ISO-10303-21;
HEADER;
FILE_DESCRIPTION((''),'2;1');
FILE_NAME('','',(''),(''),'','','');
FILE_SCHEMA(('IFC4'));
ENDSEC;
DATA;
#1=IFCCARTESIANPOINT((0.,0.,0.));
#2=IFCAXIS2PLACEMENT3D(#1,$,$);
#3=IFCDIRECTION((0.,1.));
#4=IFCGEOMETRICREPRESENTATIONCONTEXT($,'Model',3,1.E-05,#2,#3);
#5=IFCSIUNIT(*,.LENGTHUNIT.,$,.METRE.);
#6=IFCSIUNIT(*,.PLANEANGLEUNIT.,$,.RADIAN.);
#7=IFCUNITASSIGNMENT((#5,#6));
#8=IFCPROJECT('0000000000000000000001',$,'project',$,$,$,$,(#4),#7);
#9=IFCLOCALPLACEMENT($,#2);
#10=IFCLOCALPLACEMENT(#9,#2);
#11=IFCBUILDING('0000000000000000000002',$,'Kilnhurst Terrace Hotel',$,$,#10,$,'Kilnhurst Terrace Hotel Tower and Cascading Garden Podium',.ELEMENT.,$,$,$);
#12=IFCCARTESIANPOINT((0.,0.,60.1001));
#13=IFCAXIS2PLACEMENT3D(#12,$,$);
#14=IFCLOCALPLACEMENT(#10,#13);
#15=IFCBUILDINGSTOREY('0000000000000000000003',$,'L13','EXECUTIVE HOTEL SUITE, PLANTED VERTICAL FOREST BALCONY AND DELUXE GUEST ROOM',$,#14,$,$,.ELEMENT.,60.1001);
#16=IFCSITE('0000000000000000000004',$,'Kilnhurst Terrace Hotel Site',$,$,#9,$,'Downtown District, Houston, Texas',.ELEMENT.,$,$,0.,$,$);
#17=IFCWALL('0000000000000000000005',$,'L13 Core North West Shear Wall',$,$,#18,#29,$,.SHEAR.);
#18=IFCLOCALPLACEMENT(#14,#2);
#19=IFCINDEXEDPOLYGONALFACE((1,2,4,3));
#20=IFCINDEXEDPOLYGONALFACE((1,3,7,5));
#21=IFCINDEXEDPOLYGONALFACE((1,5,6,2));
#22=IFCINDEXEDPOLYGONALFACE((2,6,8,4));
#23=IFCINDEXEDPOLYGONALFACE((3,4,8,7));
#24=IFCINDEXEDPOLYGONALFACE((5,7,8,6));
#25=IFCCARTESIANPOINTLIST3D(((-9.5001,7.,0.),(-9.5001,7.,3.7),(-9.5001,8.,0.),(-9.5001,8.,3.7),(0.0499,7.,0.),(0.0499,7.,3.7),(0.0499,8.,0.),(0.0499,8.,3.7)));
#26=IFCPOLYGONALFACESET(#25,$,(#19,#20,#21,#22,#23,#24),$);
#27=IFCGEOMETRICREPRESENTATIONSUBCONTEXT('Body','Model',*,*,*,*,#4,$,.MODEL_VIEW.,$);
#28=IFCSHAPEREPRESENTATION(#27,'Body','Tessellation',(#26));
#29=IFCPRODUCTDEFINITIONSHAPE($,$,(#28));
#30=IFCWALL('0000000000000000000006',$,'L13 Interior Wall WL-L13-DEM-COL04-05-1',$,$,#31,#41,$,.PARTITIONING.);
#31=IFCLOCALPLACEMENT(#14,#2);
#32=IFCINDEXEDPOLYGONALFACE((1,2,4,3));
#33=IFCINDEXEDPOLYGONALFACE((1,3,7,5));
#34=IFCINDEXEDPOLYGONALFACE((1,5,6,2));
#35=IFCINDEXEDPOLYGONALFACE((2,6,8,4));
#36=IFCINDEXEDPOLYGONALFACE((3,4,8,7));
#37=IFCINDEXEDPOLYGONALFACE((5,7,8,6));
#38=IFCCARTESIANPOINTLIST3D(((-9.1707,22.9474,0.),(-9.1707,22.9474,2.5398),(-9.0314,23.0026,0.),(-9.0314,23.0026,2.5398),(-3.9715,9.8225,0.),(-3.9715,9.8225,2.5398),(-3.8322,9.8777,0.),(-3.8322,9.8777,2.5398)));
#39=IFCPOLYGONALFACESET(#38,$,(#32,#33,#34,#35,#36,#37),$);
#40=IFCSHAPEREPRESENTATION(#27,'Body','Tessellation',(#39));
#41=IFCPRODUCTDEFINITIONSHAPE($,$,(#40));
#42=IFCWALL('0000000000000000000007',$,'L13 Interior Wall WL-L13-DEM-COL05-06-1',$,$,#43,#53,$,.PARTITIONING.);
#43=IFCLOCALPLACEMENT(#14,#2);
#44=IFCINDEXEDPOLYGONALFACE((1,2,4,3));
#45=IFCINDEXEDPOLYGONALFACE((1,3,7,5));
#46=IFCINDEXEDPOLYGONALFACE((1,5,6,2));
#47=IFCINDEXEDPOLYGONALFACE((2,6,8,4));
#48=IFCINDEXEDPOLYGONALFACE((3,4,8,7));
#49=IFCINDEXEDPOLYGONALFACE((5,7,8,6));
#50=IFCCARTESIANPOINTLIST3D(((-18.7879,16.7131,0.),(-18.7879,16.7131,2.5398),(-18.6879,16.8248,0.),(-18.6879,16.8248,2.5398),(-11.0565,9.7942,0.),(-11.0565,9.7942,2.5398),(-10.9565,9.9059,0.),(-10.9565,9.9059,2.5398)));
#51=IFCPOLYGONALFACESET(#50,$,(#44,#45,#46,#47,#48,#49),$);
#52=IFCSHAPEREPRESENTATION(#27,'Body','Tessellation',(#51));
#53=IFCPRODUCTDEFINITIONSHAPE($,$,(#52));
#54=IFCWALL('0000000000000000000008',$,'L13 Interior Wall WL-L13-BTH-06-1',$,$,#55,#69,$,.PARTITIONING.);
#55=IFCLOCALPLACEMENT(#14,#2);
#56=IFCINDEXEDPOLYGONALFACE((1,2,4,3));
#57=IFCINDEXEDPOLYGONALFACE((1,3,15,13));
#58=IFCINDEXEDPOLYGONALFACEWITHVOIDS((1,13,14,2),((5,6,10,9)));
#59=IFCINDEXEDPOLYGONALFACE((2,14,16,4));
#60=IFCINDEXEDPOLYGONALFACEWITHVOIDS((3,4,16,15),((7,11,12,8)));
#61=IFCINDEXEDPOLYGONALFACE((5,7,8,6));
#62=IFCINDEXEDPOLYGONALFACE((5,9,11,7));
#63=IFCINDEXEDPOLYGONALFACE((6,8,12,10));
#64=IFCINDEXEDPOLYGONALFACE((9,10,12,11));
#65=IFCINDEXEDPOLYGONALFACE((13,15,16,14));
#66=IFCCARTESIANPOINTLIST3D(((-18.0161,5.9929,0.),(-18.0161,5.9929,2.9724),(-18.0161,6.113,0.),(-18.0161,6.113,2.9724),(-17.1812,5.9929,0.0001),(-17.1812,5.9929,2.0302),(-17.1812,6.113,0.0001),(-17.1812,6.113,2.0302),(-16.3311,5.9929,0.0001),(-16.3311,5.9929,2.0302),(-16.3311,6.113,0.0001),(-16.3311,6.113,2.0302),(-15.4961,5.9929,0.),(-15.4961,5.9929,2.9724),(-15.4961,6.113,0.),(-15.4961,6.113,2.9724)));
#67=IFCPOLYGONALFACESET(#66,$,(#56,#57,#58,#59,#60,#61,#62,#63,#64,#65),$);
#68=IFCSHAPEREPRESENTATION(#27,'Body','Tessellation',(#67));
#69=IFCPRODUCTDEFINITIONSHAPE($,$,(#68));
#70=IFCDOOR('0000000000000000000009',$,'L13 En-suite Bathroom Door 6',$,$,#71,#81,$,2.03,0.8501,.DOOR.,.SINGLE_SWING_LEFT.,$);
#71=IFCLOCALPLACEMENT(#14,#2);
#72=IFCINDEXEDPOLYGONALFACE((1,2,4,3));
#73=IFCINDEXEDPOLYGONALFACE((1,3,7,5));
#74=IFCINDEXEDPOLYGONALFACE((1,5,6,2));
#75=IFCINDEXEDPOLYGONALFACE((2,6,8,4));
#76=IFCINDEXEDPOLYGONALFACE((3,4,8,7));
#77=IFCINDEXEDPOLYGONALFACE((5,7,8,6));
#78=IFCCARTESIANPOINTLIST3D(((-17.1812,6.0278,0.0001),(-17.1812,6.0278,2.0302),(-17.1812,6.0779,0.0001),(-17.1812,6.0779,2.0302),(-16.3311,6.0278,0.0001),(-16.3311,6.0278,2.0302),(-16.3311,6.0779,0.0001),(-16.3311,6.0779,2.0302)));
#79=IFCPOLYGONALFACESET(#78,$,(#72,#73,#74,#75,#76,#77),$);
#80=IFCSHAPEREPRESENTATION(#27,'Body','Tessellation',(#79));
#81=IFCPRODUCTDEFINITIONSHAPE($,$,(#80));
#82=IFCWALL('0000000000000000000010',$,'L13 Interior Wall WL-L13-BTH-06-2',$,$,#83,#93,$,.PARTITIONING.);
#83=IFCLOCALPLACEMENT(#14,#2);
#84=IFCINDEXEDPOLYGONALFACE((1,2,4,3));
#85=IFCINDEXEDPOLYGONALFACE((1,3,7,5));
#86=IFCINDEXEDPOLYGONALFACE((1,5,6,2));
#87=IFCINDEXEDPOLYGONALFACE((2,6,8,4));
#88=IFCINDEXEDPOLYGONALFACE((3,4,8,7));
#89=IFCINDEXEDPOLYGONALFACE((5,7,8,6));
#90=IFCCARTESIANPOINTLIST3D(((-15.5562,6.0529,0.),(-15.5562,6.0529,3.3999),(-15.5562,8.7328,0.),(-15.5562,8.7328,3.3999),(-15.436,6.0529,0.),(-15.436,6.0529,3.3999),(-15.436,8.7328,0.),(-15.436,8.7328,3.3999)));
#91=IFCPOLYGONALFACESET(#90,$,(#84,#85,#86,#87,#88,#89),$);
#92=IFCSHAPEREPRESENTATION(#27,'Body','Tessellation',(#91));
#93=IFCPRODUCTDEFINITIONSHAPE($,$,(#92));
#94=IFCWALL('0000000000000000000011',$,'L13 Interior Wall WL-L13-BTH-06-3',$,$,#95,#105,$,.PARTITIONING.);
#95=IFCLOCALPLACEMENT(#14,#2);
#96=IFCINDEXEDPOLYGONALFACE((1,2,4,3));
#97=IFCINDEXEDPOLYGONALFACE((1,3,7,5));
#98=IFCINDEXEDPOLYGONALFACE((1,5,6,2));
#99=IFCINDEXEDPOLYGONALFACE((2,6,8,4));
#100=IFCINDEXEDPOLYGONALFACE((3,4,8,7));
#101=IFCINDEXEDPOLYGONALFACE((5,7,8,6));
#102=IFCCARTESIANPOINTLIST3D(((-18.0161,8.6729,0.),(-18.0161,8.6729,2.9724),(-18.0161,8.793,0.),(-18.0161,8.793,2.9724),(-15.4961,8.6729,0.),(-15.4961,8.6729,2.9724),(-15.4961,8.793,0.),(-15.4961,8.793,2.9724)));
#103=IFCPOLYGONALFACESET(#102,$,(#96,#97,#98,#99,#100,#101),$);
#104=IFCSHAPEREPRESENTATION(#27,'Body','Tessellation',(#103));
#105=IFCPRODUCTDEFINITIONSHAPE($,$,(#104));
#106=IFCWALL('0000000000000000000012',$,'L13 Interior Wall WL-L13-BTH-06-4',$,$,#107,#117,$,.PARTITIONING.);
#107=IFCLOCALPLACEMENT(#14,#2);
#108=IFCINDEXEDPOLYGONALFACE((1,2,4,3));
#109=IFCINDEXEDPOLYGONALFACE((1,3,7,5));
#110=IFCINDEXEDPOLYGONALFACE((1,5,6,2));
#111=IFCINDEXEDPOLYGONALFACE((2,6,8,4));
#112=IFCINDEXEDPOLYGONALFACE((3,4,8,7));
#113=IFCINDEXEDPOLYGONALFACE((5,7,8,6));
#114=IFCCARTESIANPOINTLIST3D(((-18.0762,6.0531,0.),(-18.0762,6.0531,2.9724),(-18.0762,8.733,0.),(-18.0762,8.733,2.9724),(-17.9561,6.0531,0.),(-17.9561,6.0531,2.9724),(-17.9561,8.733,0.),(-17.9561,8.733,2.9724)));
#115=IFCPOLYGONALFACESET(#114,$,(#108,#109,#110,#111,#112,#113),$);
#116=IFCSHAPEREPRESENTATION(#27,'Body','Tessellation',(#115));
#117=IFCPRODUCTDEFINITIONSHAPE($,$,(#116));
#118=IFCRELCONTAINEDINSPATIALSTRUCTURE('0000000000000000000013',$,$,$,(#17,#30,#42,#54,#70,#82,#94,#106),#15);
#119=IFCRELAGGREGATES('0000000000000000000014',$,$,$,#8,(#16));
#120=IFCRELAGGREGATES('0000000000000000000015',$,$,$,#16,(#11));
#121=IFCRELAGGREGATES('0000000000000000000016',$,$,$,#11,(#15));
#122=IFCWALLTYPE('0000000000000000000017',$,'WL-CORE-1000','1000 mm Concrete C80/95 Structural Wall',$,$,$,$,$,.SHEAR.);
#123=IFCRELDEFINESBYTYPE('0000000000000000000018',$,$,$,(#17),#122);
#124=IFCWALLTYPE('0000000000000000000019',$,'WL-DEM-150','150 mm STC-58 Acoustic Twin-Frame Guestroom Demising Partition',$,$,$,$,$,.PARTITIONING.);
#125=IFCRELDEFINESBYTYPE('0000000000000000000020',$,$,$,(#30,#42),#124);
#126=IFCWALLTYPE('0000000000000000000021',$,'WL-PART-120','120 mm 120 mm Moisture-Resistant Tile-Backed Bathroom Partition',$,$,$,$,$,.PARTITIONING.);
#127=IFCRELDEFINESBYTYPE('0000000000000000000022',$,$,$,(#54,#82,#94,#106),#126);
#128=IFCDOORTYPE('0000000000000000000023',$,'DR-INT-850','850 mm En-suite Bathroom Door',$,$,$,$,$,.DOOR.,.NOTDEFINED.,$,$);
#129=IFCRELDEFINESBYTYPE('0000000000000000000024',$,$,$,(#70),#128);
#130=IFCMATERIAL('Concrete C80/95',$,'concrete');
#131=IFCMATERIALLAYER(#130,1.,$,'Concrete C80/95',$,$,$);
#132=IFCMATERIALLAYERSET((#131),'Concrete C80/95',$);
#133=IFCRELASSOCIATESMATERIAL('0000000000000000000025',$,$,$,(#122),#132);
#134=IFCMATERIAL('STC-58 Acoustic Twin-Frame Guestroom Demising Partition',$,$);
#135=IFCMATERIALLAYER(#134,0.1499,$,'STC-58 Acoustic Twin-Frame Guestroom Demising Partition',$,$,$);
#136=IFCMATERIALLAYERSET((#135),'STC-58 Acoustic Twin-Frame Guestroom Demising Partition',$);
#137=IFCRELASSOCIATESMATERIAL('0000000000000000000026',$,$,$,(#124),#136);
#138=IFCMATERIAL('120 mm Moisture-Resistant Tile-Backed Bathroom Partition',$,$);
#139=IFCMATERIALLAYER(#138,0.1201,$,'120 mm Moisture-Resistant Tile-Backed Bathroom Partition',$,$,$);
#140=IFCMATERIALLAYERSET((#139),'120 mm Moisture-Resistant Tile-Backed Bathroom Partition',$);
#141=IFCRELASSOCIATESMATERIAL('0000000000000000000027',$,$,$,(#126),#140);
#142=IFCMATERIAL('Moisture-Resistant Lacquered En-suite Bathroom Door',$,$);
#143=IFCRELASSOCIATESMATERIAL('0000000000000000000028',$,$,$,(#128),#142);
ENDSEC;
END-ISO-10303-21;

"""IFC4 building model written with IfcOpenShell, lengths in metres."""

from ifc_helpers import new_model, si_unit, direction, frame, frame_2d, origin, place, context, subcontext, project, spatial, rectangle, extrude, material, layer, layer_set, type_object, element, fill, save


model = new_model("IFC4")

# Units and contexts
model_context = context("Model", 3, precision=1e-05, world=origin(), true_north=direction((0.0, 1.0)))
body_context = subcontext(model_context, "Body", "Model", "MODEL_VIEW")
ifc_project = project(units=[si_unit("LENGTHUNIT", "METRE"), si_unit("PLANEANGLEUNIT", "RADIAN")], contexts=[model_context])

# Site, building, storey
site_placement = place(None, origin())
site = spatial("IfcSite", under=ifc_project, at=site_placement, Name="Kilnhurst Terrace Hotel Site", LongName="Downtown District, Houston, Texas", CompositionType="ELEMENT", RefElevation=0.0)
building_placement = place(site_placement, origin())
building = spatial("IfcBuilding", under=site, at=building_placement, Name="Kilnhurst Terrace Hotel", LongName="Kilnhurst Terrace Hotel Tower and Cascading Garden Podium", CompositionType="ELEMENT")
storey_placement = place(building_placement, frame((0.0, 0.0, 60.1001)))
storey = spatial("IfcBuildingStorey", under=building, at=storey_placement, Name="L13", Description="EXECUTIVE HOTEL SUITE, PLANTED VERTICAL FOREST BALCONY AND DELUXE GUEST ROOM", CompositionType="ELEMENT", Elevation=60.1001)

# Walls
ifc_material_1 = material(Name="Concrete C80/95", Category="concrete")
ifc_layer_1 = layer(ifc_material_1, 1.0, Name="Concrete C80/95")
ifc_layer_set_1 = layer_set([ifc_layer_1], Name="Concrete C80/95")
wall_type_1 = type_object("IfcWallType", Name="WL-CORE-1000", Description="1000 mm Concrete C80/95 Structural Wall", PredefinedType="SHEAR", material=ifc_layer_set_1)
wall_1_placement = place(storey_placement, frame((-9.5, 7.5, 0.0), z_axis=(0.0, 0.0, 1.0), x_axis=(1.0, 0.0, 0.0)))
element("IfcWall", 1, at=wall_1_placement, inside=storey, type_object=wall_type_1, Name="L13 Core North West Shear Wall", PredefinedType="SHEAR", context=body_context, shape_type="SweptSolid", body=[
    extrude(rectangle(XDim=9.55, YDim=1.0, at=frame_2d((4.7749, 0.0))), origin(), (0.0, 0.0, 1.0), 3.7),
])
ifc_material_2 = material(Name="STC-58 Acoustic Twin-Frame Guestroom Demising Partition")
ifc_layer_2 = layer(ifc_material_2, 0.1499, Name="STC-58 Acoustic Twin-Frame Guestroom Demising Partition")
ifc_layer_set_2 = layer_set([ifc_layer_2], Name="STC-58 Acoustic Twin-Frame Guestroom Demising Partition")
wall_type_2 = type_object("IfcWallType", Name="WL-DEM-150", Description="150 mm STC-58 Acoustic Twin-Frame Guestroom Demising Partition", PredefinedType="PARTITIONING", material=ifc_layer_set_2)
wall_2_placement = place(storey_placement, frame((-3.9019, 9.8501, 0.0), z_axis=(0.0, 0.0, 1.0), x_axis=(-0.368288, 0.929712, 0.0)))
element("IfcWall", 2, at=wall_2_placement, inside=storey, type_object=wall_type_2, Name="L13 Interior Wall WL-L13-DEM-COL04-05-1", PredefinedType="PARTITIONING", context=body_context, shape_type="SweptSolid", body=[
    extrude(rectangle(XDim=14.1172, YDim=0.1499, at=frame_2d((7.0586, 0.0))), origin(), (0.0, 0.0, 1.0), 2.5398),
])
wall_3_placement = place(storey_placement, frame((-11.0066, 9.8501, 0.0), z_axis=(0.0, 0.0, 1.0), x_axis=(-0.745177, 0.666866, 0.0)))
element("IfcWall", 3, at=wall_3_placement, inside=storey, type_object=wall_type_2, Name="L13 Interior Wall WL-L13-DEM-COL05-06-1", PredefinedType="PARTITIONING", context=body_context, shape_type="SweptSolid", body=[
    extrude(rectangle(XDim=10.3752, YDim=0.1499, at=frame_2d((5.1875, 0.0))), origin(), (0.0, 0.0, 1.0), 2.5398),
])

# Wall, opening, door
ifc_material_3 = material(Name="120 mm Moisture-Resistant Tile-Backed Bathroom Partition")
ifc_layer_3 = layer(ifc_material_3, 0.1201, Name="120 mm Moisture-Resistant Tile-Backed Bathroom Partition")
ifc_layer_set_3 = layer_set([ifc_layer_3], Name="120 mm Moisture-Resistant Tile-Backed Bathroom Partition")
wall_type_3 = type_object("IfcWallType", Name="WL-PART-120", Description="120 mm 120 mm Moisture-Resistant Tile-Backed Bathroom Partition", PredefinedType="PARTITIONING", material=ifc_layer_set_3)
wall_4_placement = place(storey_placement, frame((-18.0161, 6.053, 0.0), z_axis=(0.0, 0.0, 1.0), x_axis=(1.0, 0.0, 0.0)))
wall_4 = element("IfcWall", 4, at=wall_4_placement, inside=storey, type_object=wall_type_3, Name="L13 Interior Wall WL-L13-BTH-06-1", PredefinedType="PARTITIONING", context=body_context, shape_type="SweptSolid", body=[
    extrude(rectangle(XDim=2.52, YDim=0.1201, at=frame_2d((1.26, 0.0))), origin(), (0.0, 0.0, 1.0), 2.9724),
])
opening_1_placement = place(wall_4_placement, frame((0.835, 0.0, 0.0)))
opening_1 = element("IfcOpeningElement", 5, at=opening_1_placement, cuts=wall_4, PredefinedType="OPENING", context=body_context, shape_type="SweptSolid", body=[
    extrude(rectangle(XDim=0.8501, YDim=2.03, at=frame_2d((0.425, 1.0151))), frame((0.0, 0.0701, 0.0), z_axis=(0.0, -1.0, 0.0), x_axis=(1.0, 0.0, 0.0)), (0.0, 0.0, 1.0), 0.1401),
])
ifc_material_4 = material(Name="Moisture-Resistant Lacquered En-suite Bathroom Door")
door_type_1 = type_object("IfcDoorType", Name="DR-INT-850", Description="850 mm En-suite Bathroom Door", OperationType="NOTDEFINED", PredefinedType="DOOR", material=ifc_material_4)
door_1_placement = place(opening_1_placement, origin())
door_1 = element("IfcDoor", 6, at=door_1_placement, inside=storey, type_object=door_type_1, Name="L13 En-suite Bathroom Door 6", OperationType="SINGLE_SWING_LEFT", OverallHeight=2.03, OverallWidth=0.8501, PredefinedType="DOOR", context=body_context, shape_type="SweptSolid", body=[
    extrude(rectangle(XDim=0.8501, YDim=2.03, at=frame_2d((0.425, 1.0151))), frame((0.0, 0.0249, 0.0), z_axis=(0.0, -1.0, 0.0), x_axis=(1.0, 0.0, 0.0)), (0.0, 0.0, 1.0), 0.05),
])
fill(opening_1, door_1)

# Walls
wall_5_placement = place(storey_placement, frame((-15.4961, 6.053, 0.0), z_axis=(0.0, 0.0, 1.0), x_axis=(0.0, 1.0, 0.0)))
element("IfcWall", 7, at=wall_5_placement, inside=storey, type_object=wall_type_3, Name="L13 Interior Wall WL-L13-BTH-06-2", PredefinedType="PARTITIONING", context=body_context, shape_type="SweptSolid", body=[
    extrude(rectangle(XDim=2.6799, YDim=0.1201, at=frame_2d((1.3398, 0.0))), origin(), (0.0, 0.0, 1.0), 3.3999),
])
wall_6_placement = place(storey_placement, frame((-15.4961, 8.7329, 0.0), z_axis=(0.0, 0.0, 1.0), x_axis=(-1.0, 0.0, 0.0)))
element("IfcWall", 8, at=wall_6_placement, inside=storey, type_object=wall_type_3, Name="L13 Interior Wall WL-L13-BTH-06-3", PredefinedType="PARTITIONING", context=body_context, shape_type="SweptSolid", body=[
    extrude(rectangle(XDim=2.52, YDim=0.1201, at=frame_2d((1.26, 0.0))), origin(), (0.0, 0.0, 1.0), 2.9724),
])
wall_7_placement = place(storey_placement, frame((-18.0161, 8.7329, 0.0), z_axis=(0.0, 0.0, 1.0), x_axis=(0.0, -1.0, 0.0)))
element("IfcWall", 9, at=wall_7_placement, inside=storey, type_object=wall_type_3, Name="L13 Interior Wall WL-L13-BTH-06-4", PredefinedType="PARTITIONING", context=body_context, shape_type="SweptSolid", body=[
    extrude(rectangle(XDim=2.6799, YDim=0.1201, at=frame_2d((1.3398, 0.0))), origin(), (0.0, 0.0, 1.0), 2.9724),
])

save(model, "model.ifc")
